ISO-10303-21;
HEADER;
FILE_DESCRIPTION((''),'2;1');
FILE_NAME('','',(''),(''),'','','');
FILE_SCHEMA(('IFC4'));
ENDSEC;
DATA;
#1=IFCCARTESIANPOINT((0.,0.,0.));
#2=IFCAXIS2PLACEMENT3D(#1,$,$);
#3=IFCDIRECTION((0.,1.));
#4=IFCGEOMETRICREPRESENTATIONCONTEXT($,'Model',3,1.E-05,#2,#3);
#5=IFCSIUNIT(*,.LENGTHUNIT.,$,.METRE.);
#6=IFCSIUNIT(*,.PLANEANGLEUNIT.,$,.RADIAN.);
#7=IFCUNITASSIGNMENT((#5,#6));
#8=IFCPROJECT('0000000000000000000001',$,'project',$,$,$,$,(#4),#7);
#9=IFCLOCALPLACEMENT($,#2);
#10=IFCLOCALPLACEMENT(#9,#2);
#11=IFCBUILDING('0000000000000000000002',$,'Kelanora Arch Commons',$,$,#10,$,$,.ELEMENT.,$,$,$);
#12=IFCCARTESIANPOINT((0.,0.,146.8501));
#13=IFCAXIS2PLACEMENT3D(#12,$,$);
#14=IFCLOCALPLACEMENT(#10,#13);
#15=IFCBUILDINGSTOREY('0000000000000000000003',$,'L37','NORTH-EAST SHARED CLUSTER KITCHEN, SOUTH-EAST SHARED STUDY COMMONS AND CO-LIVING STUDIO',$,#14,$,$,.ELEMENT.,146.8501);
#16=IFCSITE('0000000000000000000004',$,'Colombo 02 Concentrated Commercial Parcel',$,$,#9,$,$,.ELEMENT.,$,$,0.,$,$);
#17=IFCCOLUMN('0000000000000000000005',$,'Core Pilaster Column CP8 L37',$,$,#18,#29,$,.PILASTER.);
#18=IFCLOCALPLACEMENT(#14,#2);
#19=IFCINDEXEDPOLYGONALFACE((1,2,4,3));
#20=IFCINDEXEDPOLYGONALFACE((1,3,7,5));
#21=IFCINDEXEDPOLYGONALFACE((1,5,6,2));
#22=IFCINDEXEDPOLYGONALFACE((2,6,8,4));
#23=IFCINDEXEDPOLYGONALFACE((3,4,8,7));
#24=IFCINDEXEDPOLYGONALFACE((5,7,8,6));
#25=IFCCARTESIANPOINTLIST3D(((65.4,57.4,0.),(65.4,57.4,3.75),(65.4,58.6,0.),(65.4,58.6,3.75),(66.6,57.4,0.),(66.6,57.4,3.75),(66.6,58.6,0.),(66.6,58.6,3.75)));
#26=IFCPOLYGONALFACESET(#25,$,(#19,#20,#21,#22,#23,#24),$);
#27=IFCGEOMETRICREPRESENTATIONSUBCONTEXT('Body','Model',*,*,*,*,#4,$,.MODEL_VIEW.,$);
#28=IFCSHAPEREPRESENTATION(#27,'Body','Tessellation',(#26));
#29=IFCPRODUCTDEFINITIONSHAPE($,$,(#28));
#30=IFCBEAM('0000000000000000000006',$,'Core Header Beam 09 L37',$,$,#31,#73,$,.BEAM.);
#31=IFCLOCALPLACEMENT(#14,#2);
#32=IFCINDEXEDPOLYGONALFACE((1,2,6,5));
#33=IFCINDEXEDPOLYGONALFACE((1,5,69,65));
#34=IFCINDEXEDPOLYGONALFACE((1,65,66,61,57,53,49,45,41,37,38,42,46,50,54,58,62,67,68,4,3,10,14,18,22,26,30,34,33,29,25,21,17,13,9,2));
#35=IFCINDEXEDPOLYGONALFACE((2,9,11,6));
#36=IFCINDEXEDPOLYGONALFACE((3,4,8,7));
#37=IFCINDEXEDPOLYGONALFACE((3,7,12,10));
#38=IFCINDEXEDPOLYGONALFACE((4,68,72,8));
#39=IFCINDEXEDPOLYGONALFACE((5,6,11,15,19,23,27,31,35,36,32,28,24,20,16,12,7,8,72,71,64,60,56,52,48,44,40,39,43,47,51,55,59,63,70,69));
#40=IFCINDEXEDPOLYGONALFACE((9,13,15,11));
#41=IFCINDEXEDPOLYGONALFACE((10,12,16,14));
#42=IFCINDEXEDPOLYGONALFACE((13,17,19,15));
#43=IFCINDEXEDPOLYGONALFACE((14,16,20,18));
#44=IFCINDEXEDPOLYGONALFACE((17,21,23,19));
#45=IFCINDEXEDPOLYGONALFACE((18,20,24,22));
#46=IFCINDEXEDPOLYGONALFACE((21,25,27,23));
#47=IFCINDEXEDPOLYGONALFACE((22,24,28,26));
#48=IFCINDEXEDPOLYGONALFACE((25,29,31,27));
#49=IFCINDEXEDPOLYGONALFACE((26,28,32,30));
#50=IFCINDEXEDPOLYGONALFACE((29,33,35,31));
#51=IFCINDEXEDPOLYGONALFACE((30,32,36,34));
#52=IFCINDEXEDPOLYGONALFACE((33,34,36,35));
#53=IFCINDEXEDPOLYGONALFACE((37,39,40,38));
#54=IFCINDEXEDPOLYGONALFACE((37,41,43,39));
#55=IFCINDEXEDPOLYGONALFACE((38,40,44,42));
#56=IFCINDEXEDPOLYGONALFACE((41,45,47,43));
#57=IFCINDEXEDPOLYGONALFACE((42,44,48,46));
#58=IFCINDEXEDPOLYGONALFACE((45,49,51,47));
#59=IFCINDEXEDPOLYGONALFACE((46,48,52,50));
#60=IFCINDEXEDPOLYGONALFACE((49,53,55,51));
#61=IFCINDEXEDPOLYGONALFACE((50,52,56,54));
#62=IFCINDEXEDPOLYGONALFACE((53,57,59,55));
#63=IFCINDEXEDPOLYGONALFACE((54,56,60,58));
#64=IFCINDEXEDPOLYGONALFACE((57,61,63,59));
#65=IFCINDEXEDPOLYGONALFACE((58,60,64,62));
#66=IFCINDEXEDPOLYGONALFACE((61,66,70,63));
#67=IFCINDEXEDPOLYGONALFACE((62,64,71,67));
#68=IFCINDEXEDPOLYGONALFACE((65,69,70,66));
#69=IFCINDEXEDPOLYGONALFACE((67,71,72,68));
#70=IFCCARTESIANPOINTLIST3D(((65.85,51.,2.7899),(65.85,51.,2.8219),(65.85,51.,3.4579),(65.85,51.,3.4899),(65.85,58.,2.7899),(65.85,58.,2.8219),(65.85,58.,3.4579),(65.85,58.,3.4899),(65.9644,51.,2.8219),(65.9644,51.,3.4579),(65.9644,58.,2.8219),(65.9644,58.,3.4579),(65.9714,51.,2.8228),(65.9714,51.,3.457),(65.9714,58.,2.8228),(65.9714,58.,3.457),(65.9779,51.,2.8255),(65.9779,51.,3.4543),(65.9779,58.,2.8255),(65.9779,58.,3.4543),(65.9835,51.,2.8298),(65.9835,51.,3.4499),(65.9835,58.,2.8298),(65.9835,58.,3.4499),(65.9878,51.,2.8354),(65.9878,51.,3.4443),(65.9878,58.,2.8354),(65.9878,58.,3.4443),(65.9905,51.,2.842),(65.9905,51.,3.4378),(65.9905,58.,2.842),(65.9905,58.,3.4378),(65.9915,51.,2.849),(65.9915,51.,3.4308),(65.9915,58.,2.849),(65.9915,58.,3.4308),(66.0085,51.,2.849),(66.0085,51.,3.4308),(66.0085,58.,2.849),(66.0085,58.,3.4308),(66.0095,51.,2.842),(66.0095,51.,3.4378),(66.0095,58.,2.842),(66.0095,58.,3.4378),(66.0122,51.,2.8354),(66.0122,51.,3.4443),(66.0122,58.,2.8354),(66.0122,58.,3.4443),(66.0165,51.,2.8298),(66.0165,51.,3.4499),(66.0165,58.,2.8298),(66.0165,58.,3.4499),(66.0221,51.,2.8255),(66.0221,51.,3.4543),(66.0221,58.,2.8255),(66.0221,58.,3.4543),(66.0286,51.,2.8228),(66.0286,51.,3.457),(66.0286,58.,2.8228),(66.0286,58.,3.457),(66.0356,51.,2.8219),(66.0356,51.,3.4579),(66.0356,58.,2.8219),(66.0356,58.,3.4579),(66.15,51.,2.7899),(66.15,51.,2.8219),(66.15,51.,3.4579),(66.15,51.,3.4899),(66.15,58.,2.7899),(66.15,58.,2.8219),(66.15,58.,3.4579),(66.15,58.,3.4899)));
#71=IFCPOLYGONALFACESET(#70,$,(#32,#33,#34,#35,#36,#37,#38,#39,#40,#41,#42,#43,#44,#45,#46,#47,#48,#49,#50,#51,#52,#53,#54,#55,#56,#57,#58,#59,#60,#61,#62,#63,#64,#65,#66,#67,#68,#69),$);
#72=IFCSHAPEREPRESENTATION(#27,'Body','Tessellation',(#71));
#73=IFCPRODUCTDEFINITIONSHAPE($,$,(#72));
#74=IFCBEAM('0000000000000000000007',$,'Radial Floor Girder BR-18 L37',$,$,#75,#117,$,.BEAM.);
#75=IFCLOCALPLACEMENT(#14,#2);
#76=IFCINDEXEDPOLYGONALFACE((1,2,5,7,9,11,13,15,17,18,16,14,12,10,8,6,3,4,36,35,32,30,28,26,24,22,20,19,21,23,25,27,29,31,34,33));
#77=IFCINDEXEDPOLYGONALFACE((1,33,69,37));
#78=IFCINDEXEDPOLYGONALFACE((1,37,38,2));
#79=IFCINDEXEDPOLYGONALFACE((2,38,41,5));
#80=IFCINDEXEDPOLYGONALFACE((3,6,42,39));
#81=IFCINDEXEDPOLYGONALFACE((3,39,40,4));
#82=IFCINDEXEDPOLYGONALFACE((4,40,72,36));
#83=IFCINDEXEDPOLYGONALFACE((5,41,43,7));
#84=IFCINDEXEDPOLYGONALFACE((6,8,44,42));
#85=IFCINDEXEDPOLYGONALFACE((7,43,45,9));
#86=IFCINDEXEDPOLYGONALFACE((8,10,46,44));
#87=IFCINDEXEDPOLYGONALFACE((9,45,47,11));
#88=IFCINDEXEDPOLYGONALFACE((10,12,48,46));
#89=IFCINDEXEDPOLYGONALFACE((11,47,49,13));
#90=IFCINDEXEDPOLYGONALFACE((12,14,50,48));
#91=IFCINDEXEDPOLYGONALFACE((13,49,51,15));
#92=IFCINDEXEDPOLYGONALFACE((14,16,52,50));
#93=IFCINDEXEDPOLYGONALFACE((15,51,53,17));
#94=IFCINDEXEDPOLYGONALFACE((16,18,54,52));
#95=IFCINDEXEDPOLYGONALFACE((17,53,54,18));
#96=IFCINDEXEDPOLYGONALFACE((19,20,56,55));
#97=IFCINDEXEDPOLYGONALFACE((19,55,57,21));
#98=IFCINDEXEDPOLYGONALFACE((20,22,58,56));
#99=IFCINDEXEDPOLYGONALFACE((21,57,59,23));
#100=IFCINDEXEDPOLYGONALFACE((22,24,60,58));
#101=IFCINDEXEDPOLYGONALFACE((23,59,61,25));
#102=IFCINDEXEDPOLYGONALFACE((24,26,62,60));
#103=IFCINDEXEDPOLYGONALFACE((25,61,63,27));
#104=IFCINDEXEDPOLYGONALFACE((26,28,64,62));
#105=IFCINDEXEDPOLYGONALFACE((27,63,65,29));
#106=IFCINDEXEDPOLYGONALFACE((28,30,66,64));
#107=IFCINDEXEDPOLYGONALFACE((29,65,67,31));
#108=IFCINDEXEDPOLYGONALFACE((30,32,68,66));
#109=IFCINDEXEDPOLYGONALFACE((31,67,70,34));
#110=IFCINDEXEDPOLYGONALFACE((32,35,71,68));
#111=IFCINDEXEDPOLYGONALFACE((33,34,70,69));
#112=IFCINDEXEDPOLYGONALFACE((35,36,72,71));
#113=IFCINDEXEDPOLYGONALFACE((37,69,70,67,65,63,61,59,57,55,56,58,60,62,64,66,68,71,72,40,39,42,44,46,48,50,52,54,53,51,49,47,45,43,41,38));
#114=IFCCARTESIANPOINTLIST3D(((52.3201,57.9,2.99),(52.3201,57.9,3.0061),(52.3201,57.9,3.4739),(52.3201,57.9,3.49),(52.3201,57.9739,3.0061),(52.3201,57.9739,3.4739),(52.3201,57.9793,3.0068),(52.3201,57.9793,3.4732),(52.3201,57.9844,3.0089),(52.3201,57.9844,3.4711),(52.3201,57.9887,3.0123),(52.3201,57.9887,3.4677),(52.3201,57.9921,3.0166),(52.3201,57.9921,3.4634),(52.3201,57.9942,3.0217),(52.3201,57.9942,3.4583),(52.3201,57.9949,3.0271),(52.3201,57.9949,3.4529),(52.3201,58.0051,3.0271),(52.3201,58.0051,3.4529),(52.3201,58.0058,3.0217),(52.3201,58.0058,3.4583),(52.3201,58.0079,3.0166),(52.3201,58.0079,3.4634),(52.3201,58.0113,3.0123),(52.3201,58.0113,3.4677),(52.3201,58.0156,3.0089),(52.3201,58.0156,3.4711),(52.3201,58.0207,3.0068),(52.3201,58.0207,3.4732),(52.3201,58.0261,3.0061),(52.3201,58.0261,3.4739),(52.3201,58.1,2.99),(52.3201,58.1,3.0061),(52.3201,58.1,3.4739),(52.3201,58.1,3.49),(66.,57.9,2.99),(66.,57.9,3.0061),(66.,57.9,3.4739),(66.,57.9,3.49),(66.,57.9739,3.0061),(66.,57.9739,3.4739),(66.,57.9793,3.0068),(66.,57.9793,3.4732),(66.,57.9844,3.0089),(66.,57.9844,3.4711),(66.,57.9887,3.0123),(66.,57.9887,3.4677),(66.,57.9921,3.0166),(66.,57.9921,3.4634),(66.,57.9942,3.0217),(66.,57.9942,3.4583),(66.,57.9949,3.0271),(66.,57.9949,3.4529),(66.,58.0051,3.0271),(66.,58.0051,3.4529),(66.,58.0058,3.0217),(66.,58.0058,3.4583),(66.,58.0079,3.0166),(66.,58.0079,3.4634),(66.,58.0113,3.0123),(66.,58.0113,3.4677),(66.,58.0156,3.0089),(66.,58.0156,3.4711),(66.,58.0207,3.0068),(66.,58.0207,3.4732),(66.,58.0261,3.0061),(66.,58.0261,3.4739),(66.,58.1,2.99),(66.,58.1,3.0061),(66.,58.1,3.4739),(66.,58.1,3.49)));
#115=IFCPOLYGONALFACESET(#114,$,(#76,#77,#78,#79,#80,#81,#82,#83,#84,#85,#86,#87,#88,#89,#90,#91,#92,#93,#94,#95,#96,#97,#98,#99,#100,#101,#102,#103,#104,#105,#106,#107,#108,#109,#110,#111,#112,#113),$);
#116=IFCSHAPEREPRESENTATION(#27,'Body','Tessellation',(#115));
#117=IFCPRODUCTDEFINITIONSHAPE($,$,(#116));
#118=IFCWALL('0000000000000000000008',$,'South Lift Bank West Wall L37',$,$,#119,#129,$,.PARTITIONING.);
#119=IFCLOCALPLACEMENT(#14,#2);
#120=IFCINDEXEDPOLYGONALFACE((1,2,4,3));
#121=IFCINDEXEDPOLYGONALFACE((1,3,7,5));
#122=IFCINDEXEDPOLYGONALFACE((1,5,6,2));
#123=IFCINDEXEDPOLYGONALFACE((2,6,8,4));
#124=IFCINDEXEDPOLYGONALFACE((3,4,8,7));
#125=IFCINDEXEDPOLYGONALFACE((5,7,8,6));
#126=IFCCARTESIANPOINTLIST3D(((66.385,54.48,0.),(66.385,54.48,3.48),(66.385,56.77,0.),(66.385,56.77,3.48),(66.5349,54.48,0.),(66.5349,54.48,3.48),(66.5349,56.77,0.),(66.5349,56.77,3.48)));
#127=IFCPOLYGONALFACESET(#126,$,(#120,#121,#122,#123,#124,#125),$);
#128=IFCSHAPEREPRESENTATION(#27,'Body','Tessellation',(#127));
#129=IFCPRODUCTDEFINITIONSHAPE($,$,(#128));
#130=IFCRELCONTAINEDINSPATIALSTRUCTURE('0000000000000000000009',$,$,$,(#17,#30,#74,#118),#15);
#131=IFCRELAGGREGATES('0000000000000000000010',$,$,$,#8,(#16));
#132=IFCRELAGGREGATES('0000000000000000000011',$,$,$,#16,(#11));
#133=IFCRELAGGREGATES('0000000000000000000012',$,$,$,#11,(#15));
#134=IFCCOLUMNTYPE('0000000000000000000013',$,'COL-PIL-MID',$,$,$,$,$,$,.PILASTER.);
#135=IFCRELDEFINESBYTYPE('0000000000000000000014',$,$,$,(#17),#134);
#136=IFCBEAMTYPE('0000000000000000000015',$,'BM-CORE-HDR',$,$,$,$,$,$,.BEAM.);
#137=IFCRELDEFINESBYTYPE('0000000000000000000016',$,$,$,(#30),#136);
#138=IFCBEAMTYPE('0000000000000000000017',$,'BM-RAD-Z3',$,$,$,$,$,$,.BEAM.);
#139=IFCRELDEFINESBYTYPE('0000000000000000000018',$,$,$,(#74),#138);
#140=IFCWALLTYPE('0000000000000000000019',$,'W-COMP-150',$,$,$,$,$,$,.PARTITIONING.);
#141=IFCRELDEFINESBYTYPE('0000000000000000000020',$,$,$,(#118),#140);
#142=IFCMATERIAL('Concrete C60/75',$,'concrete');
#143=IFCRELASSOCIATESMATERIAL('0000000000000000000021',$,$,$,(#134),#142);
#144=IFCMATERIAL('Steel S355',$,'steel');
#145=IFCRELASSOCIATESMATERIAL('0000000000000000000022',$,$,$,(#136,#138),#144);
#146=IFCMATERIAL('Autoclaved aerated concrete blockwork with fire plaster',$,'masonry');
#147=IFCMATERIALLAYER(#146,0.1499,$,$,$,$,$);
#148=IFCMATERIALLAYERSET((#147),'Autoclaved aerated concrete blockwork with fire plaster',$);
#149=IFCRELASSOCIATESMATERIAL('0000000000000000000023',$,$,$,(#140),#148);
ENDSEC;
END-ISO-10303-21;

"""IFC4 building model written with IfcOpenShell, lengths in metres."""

from ifc_helpers import new_model, si_unit, direction, frame, frame_2d, origin, origin_2d, place, context, subcontext, project, spatial, rectangle, i_section, extrude, material, layer, layer_set, material_profile, profile_set, type_object, element, save


model = new_model("IFC4")

# Units and contexts
model_context = context("Model", 3, precision=1e-05, world=origin(), true_north=direction((0.0, 1.0)))
body_context = subcontext(model_context, "Body", "Model", "MODEL_VIEW")
ifc_project = project(units=[si_unit("LENGTHUNIT", "METRE"), si_unit("PLANEANGLEUNIT", "RADIAN")], contexts=[model_context])

# Site, building, storey
site_placement = place(None, origin())
site = spatial("IfcSite", under=ifc_project, at=site_placement, Name="Colombo 02 Concentrated Commercial Parcel", CompositionType="ELEMENT", RefElevation=0.0)
building_placement = place(site_placement, origin())
building = spatial("IfcBuilding", under=site, at=building_placement, Name="Kelanora Arch Commons", CompositionType="ELEMENT")
storey_placement = place(building_placement, frame((0.0, 0.0, 146.8501)))
storey = spatial("IfcBuildingStorey", under=building, at=storey_placement, Name="L37", Description="NORTH-EAST SHARED CLUSTER KITCHEN, SOUTH-EAST SHARED STUDY COMMONS AND CO-LIVING STUDIO", CompositionType="ELEMENT", Elevation=146.8501)

# Column
ifc_material_1 = material(Name="Concrete C60/75", Category="concrete")
ifc_material_profile_1 = material_profile(ifc_material_1, rectangle(XDim=1.2, YDim=1.2, at=origin_2d()), Name="RC1200x1200")
ifc_profile_set_1 = profile_set([ifc_material_profile_1], Name="Concrete C60/75")
column_type = type_object("IfcColumnType", Name="COL-PIL-MID", PredefinedType="PILASTER", material=ifc_profile_set_1)
column_placement = place(storey_placement, frame((66.0, 58.0, 0.0), z_axis=(0.0, 0.0, 1.0), x_axis=(1.0, 0.0, 0.0)))
element("IfcColumn", 1, at=column_placement, inside=storey, type_object=column_type, Name="Core Pilaster Column CP8 L37", PredefinedType="PILASTER", context=body_context, shape_type="SweptSolid", body=[
    extrude(rectangle(XDim=1.2, YDim=1.2, at=origin_2d()), origin(), (0.0, 0.0, 1.0), 3.75),
])

# Beams
ifc_material_2 = material(Name="Steel S355", Category="steel")
ifc_material_profile_2 = material_profile(ifc_material_2, i_section(OverallWidth=0.3, OverallDepth=0.7, WebThickness=0.0171, FlangeThickness=0.032, FilletRadius=0.0271, at=origin_2d()), Name="HEB700")
ifc_profile_set_2 = profile_set([ifc_material_profile_2], Name="Steel S355")
beam_type_1 = type_object("IfcBeamType", Name="BM-CORE-HDR", PredefinedType="BEAM", material=ifc_profile_set_2)
beam_1_placement = place(storey_placement, frame((66.0, 58.0, 3.1399), z_axis=(0.0, -1.0, 0.0), x_axis=(1.0, 0.0, 0.0)))
element("IfcBeam", 2, at=beam_1_placement, inside=storey, type_object=beam_type_1, Name="Core Header Beam 09 L37", PredefinedType="BEAM", context=body_context, shape_type="SweptSolid", body=[
    extrude(i_section(OverallWidth=0.3, OverallDepth=0.7, WebThickness=0.0171, FlangeThickness=0.032, FilletRadius=0.0271, at=origin_2d()), origin(), (0.0, 0.0, 1.0), 7.0),
])
ifc_material_profile_3 = material_profile(ifc_material_2, i_section(OverallWidth=0.2, OverallDepth=0.5, WebThickness=0.0103, FlangeThickness=0.0161, FilletRadius=0.021, at=origin_2d()), Name="IPE500")
ifc_profile_set_3 = profile_set([ifc_material_profile_3], Name="Steel S355")
beam_type_2 = type_object("IfcBeamType", Name="BM-RAD-Z3", PredefinedType="BEAM", material=ifc_profile_set_3)
beam_2_placement = place(storey_placement, frame((66.0, 58.0, 3.24), z_axis=(-1.0, 0.0, 0.0), x_axis=(0.0, -1.0, 0.0)))
element("IfcBeam", 3, at=beam_2_placement, inside=storey, type_object=beam_type_2, Name="Radial Floor Girder BR-18 L37", PredefinedType="BEAM", context=body_context, shape_type="SweptSolid", body=[
    extrude(i_section(OverallWidth=0.2, OverallDepth=0.5, WebThickness=0.0103, FlangeThickness=0.0161, FilletRadius=0.021, at=origin_2d()), origin(), (0.0, 0.0, 1.0), 13.6799),
])

# Wall
ifc_material_3 = material(Name="Autoclaved aerated concrete blockwork with fire plaster", Category="masonry")
ifc_layer_1 = layer(ifc_material_3, 0.1499)
ifc_layer_set_1 = layer_set([ifc_layer_1], Name="Autoclaved aerated concrete blockwork with fire plaster")
wall_type_1 = type_object("IfcWallType", Name="W-COMP-150", PredefinedType="PARTITIONING", material=ifc_layer_set_1)
wall_1_placement = place(storey_placement, frame((66.46, 54.48, 0.0), z_axis=(0.0, 0.0, 1.0), x_axis=(0.0, 1.0, 0.0)))
element("IfcWall", 4, at=wall_1_placement, inside=storey, type_object=wall_type_1, Name="South Lift Bank West Wall L37", PredefinedType="PARTITIONING", context=body_context, shape_type="SweptSolid", body=[
    extrude(rectangle(XDim=2.29, YDim=0.1499, at=frame_2d((1.145, 0.0))), origin(), (0.0, 0.0, 1.0), 3.48),
])

save(model, "model.ifc")
